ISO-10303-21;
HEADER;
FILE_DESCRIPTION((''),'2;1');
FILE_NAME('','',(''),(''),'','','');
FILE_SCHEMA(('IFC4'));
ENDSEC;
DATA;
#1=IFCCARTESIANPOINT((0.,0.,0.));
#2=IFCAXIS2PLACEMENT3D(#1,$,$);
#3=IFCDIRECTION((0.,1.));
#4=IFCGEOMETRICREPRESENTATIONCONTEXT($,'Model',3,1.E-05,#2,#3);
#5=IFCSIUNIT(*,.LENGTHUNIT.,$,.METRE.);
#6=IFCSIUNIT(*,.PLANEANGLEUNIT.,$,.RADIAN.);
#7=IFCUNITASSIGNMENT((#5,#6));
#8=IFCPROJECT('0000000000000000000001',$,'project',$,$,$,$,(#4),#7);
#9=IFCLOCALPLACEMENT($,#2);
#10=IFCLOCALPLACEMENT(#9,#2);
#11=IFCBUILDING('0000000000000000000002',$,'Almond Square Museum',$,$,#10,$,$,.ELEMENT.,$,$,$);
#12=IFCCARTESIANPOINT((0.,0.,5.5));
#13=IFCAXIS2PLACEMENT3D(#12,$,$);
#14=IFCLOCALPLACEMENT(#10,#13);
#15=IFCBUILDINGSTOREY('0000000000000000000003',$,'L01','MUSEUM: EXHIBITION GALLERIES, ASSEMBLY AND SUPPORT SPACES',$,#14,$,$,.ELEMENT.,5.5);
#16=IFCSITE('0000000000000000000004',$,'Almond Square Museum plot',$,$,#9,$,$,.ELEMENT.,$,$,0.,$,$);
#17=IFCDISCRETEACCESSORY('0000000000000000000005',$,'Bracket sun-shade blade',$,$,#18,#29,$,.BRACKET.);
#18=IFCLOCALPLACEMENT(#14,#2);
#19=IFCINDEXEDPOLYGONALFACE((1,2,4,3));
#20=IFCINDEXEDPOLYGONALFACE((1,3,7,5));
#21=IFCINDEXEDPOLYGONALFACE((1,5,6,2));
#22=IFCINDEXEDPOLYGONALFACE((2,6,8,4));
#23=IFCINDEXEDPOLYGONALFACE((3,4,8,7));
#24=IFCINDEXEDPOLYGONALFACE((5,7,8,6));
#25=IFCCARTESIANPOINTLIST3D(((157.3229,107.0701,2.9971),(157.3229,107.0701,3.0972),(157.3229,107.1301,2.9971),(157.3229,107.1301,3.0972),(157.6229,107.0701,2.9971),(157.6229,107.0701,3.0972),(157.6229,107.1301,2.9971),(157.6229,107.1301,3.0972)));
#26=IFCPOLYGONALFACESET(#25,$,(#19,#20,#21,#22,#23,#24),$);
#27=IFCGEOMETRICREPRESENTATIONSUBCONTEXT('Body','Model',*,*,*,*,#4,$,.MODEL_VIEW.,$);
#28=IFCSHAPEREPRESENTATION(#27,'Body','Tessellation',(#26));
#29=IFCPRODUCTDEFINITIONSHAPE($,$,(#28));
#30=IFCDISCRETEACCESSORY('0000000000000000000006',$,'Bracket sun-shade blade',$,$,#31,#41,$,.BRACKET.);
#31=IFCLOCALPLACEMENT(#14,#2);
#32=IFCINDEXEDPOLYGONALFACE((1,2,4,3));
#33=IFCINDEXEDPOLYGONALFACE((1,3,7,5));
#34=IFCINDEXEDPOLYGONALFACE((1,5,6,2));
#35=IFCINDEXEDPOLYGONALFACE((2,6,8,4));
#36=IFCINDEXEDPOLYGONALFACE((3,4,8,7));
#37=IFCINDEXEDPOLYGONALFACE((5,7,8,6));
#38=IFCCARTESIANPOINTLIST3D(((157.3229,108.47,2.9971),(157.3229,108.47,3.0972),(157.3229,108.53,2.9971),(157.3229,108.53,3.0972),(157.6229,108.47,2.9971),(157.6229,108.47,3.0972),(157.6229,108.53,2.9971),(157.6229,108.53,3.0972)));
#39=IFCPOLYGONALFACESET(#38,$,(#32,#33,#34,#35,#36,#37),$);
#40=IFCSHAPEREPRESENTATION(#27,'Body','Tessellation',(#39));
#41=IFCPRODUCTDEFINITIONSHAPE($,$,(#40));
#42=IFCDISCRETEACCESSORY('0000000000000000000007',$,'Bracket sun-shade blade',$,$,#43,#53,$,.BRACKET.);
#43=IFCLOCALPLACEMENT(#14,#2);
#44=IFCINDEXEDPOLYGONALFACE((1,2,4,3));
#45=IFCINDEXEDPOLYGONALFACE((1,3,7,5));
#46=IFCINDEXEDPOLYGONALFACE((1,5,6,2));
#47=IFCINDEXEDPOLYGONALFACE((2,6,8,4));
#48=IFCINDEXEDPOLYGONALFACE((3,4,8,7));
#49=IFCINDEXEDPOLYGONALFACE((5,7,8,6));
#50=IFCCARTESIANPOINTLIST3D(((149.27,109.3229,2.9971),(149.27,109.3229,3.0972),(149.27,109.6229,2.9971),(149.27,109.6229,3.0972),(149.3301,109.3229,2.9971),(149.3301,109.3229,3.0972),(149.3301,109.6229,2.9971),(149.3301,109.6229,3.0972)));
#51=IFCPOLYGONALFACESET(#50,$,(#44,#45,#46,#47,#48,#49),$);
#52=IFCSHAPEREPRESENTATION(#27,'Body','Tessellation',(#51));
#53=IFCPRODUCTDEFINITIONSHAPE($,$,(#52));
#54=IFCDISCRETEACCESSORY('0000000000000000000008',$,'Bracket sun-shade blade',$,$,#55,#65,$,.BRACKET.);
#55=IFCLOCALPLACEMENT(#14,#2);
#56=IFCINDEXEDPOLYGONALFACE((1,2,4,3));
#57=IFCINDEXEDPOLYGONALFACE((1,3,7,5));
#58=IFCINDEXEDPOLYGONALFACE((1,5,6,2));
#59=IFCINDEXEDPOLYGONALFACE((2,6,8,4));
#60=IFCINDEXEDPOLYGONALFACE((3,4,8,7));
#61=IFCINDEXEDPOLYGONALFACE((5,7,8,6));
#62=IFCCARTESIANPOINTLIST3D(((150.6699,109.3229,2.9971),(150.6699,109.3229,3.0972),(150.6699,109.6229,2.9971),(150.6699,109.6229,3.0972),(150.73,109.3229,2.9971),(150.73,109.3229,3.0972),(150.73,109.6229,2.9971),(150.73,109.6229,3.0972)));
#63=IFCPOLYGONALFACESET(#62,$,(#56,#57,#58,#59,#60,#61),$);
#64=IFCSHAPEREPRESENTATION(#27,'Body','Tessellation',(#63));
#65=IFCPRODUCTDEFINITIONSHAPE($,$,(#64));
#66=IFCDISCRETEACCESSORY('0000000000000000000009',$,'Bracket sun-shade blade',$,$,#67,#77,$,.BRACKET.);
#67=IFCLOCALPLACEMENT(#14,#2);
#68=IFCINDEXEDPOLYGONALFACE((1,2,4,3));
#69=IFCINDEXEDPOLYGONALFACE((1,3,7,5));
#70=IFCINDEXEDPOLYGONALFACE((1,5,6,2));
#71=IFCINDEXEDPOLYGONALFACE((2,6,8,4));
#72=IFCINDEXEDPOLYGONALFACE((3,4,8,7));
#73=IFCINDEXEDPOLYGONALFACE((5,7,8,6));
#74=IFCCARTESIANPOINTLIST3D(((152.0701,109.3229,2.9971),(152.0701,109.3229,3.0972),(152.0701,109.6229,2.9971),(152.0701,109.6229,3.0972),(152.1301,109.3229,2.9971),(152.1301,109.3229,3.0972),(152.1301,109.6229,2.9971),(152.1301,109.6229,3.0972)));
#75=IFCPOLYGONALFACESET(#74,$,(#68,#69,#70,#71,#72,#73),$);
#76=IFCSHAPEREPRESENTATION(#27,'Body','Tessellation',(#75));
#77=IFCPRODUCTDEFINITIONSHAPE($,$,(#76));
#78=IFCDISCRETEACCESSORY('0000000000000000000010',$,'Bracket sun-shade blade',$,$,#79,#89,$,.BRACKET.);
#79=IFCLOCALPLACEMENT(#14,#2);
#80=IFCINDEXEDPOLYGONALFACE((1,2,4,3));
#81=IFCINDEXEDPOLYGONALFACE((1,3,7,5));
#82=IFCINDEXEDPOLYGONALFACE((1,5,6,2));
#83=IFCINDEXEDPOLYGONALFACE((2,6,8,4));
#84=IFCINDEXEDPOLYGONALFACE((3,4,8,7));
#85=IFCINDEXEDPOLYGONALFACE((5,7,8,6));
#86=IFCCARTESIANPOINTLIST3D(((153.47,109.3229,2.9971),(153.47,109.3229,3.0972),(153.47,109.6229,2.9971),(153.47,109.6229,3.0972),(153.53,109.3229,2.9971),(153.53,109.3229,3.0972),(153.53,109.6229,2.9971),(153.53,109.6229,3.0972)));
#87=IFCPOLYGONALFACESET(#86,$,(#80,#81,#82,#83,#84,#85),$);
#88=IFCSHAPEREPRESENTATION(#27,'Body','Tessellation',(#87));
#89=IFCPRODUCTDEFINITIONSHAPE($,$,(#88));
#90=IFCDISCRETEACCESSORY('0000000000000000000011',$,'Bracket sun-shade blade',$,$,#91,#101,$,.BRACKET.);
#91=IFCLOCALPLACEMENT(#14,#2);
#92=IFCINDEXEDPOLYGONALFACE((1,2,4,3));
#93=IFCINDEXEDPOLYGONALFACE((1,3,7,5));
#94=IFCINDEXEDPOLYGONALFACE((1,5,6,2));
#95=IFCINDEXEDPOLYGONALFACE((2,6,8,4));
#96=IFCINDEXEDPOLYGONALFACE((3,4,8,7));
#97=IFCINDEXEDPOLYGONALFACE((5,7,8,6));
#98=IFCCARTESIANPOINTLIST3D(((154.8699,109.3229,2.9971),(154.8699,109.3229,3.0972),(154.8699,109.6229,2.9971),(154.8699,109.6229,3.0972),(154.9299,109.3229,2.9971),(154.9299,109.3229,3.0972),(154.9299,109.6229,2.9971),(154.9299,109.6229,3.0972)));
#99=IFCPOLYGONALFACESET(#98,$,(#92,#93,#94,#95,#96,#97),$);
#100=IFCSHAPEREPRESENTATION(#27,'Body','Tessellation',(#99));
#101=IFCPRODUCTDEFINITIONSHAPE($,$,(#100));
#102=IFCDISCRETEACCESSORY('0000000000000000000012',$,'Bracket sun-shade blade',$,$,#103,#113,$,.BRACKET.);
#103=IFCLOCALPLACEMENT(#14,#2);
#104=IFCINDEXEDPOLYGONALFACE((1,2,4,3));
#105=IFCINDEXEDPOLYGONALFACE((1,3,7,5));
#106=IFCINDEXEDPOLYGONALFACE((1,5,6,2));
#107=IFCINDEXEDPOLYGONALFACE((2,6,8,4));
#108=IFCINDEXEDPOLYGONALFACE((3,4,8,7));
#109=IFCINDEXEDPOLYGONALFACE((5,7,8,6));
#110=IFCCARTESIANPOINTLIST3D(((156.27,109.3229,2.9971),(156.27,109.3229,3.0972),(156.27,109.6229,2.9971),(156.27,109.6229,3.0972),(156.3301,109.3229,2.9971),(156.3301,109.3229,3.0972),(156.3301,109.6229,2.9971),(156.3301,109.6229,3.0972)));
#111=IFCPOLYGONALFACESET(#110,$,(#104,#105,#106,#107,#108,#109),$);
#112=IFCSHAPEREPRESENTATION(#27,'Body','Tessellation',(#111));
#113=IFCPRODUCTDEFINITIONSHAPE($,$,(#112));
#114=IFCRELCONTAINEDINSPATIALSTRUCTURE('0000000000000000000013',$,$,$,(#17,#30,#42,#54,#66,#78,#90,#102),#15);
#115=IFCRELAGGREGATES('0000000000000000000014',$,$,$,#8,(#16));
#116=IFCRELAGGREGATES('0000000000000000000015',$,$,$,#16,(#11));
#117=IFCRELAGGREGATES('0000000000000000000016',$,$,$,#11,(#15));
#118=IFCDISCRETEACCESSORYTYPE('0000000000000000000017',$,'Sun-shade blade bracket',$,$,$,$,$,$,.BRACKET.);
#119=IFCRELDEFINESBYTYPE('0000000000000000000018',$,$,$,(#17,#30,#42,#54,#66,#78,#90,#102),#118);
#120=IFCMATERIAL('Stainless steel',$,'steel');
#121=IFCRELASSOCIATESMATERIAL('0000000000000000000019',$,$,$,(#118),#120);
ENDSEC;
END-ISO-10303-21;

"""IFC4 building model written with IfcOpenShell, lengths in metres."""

from ifc_helpers import new_model, si_unit, direction, frame, origin, origin_2d, place, context, subcontext, project, spatial, rectangle, extrude, material, type_object, element, save


model = new_model("IFC4")

# Units and contexts
model_context = context("Model", 3, precision=1e-05, world=origin(), true_north=direction((0.0, 1.0)))
body_context = subcontext(model_context, "Body", "Model", "MODEL_VIEW")
ifc_project = project(units=[si_unit("LENGTHUNIT", "METRE"), si_unit("PLANEANGLEUNIT", "RADIAN")], contexts=[model_context])

# Site, building, storey
site_placement = place(None, origin())
site = spatial("IfcSite", under=ifc_project, at=site_placement, Name="Almond Square Museum plot", CompositionType="ELEMENT", RefElevation=0.0)
building_placement = place(site_placement, origin())
building = spatial("IfcBuilding", under=site, at=building_placement, Name="Almond Square Museum", CompositionType="ELEMENT")
storey_placement = place(building_placement, frame((0.0, 0.0, 5.5)))
storey = spatial("IfcBuildingStorey", under=building, at=storey_placement, Name="L01", Description="MUSEUM: EXHIBITION GALLERIES, ASSEMBLY AND SUPPORT SPACES", CompositionType="ELEMENT", Elevation=5.5)

# Discrete accessories
ifc_material_1 = material(Name="Stainless steel", Category="steel")
discrete_accessory_type_1 = type_object("IfcDiscreteAccessoryType", Name="Sun-shade blade bracket", PredefinedType="BRACKET", material=ifc_material_1)
for number, where, z_axis, x_axis, name in (
    (1, (157.4729, 107.1001, 2.9971), (0.0, 0.0, 1.0), (1.0, 0.0, 0.0), "Bracket sun-shade blade"),
    (2, (157.4729, 108.5, 2.9971), (0.0, 0.0, 1.0), (1.0, 0.0, 0.0), "Bracket sun-shade blade"),
):
    element("IfcDiscreteAccessory", number, at=place(storey_placement, frame(where, z_axis=z_axis, x_axis=x_axis)), inside=storey, type_object=discrete_accessory_type_1, Name=name, PredefinedType="BRACKET", context=body_context, shape_type="SweptSolid", body=[
        extrude(rectangle(XDim=0.3, YDim=0.0601, at=origin_2d()), origin(), (0.0, 0.0, 1.0), 0.1001),
    ])
for number, where, z_axis, x_axis, name in (
    (3, (149.3, 109.4729, 2.9971), (0.0, 0.0, 1.0), (1.0, 0.0, 0.0), "Bracket sun-shade blade"),
    (4, (150.7, 109.4729, 2.9971), (0.0, 0.0, 1.0), (1.0, 0.0, 0.0), "Bracket sun-shade blade"),
    (5, (152.1001, 109.4729, 2.9971), (0.0, 0.0, 1.0), (1.0, 0.0, 0.0), "Bracket sun-shade blade"),
    (6, (153.5, 109.4729, 2.9971), (0.0, 0.0, 1.0), (1.0, 0.0, 0.0), "Bracket sun-shade blade"),
    (7, (154.8999, 109.4729, 2.9971), (0.0, 0.0, 1.0), (1.0, 0.0, 0.0), "Bracket sun-shade blade"),
    (8, (156.3, 109.4729, 2.9971), (0.0, 0.0, 1.0), (1.0, 0.0, 0.0), "Bracket sun-shade blade"),
):
    element("IfcDiscreteAccessory", number, at=place(storey_placement, frame(where, z_axis=z_axis, x_axis=x_axis)), inside=storey, type_object=discrete_accessory_type_1, Name=name, PredefinedType="BRACKET", context=body_context, shape_type="SweptSolid", body=[
        extrude(rectangle(XDim=0.0601, YDim=0.3, at=origin_2d()), origin(), (0.0, 0.0, 1.0), 0.1001),
    ])

save(model, "model.ifc")
